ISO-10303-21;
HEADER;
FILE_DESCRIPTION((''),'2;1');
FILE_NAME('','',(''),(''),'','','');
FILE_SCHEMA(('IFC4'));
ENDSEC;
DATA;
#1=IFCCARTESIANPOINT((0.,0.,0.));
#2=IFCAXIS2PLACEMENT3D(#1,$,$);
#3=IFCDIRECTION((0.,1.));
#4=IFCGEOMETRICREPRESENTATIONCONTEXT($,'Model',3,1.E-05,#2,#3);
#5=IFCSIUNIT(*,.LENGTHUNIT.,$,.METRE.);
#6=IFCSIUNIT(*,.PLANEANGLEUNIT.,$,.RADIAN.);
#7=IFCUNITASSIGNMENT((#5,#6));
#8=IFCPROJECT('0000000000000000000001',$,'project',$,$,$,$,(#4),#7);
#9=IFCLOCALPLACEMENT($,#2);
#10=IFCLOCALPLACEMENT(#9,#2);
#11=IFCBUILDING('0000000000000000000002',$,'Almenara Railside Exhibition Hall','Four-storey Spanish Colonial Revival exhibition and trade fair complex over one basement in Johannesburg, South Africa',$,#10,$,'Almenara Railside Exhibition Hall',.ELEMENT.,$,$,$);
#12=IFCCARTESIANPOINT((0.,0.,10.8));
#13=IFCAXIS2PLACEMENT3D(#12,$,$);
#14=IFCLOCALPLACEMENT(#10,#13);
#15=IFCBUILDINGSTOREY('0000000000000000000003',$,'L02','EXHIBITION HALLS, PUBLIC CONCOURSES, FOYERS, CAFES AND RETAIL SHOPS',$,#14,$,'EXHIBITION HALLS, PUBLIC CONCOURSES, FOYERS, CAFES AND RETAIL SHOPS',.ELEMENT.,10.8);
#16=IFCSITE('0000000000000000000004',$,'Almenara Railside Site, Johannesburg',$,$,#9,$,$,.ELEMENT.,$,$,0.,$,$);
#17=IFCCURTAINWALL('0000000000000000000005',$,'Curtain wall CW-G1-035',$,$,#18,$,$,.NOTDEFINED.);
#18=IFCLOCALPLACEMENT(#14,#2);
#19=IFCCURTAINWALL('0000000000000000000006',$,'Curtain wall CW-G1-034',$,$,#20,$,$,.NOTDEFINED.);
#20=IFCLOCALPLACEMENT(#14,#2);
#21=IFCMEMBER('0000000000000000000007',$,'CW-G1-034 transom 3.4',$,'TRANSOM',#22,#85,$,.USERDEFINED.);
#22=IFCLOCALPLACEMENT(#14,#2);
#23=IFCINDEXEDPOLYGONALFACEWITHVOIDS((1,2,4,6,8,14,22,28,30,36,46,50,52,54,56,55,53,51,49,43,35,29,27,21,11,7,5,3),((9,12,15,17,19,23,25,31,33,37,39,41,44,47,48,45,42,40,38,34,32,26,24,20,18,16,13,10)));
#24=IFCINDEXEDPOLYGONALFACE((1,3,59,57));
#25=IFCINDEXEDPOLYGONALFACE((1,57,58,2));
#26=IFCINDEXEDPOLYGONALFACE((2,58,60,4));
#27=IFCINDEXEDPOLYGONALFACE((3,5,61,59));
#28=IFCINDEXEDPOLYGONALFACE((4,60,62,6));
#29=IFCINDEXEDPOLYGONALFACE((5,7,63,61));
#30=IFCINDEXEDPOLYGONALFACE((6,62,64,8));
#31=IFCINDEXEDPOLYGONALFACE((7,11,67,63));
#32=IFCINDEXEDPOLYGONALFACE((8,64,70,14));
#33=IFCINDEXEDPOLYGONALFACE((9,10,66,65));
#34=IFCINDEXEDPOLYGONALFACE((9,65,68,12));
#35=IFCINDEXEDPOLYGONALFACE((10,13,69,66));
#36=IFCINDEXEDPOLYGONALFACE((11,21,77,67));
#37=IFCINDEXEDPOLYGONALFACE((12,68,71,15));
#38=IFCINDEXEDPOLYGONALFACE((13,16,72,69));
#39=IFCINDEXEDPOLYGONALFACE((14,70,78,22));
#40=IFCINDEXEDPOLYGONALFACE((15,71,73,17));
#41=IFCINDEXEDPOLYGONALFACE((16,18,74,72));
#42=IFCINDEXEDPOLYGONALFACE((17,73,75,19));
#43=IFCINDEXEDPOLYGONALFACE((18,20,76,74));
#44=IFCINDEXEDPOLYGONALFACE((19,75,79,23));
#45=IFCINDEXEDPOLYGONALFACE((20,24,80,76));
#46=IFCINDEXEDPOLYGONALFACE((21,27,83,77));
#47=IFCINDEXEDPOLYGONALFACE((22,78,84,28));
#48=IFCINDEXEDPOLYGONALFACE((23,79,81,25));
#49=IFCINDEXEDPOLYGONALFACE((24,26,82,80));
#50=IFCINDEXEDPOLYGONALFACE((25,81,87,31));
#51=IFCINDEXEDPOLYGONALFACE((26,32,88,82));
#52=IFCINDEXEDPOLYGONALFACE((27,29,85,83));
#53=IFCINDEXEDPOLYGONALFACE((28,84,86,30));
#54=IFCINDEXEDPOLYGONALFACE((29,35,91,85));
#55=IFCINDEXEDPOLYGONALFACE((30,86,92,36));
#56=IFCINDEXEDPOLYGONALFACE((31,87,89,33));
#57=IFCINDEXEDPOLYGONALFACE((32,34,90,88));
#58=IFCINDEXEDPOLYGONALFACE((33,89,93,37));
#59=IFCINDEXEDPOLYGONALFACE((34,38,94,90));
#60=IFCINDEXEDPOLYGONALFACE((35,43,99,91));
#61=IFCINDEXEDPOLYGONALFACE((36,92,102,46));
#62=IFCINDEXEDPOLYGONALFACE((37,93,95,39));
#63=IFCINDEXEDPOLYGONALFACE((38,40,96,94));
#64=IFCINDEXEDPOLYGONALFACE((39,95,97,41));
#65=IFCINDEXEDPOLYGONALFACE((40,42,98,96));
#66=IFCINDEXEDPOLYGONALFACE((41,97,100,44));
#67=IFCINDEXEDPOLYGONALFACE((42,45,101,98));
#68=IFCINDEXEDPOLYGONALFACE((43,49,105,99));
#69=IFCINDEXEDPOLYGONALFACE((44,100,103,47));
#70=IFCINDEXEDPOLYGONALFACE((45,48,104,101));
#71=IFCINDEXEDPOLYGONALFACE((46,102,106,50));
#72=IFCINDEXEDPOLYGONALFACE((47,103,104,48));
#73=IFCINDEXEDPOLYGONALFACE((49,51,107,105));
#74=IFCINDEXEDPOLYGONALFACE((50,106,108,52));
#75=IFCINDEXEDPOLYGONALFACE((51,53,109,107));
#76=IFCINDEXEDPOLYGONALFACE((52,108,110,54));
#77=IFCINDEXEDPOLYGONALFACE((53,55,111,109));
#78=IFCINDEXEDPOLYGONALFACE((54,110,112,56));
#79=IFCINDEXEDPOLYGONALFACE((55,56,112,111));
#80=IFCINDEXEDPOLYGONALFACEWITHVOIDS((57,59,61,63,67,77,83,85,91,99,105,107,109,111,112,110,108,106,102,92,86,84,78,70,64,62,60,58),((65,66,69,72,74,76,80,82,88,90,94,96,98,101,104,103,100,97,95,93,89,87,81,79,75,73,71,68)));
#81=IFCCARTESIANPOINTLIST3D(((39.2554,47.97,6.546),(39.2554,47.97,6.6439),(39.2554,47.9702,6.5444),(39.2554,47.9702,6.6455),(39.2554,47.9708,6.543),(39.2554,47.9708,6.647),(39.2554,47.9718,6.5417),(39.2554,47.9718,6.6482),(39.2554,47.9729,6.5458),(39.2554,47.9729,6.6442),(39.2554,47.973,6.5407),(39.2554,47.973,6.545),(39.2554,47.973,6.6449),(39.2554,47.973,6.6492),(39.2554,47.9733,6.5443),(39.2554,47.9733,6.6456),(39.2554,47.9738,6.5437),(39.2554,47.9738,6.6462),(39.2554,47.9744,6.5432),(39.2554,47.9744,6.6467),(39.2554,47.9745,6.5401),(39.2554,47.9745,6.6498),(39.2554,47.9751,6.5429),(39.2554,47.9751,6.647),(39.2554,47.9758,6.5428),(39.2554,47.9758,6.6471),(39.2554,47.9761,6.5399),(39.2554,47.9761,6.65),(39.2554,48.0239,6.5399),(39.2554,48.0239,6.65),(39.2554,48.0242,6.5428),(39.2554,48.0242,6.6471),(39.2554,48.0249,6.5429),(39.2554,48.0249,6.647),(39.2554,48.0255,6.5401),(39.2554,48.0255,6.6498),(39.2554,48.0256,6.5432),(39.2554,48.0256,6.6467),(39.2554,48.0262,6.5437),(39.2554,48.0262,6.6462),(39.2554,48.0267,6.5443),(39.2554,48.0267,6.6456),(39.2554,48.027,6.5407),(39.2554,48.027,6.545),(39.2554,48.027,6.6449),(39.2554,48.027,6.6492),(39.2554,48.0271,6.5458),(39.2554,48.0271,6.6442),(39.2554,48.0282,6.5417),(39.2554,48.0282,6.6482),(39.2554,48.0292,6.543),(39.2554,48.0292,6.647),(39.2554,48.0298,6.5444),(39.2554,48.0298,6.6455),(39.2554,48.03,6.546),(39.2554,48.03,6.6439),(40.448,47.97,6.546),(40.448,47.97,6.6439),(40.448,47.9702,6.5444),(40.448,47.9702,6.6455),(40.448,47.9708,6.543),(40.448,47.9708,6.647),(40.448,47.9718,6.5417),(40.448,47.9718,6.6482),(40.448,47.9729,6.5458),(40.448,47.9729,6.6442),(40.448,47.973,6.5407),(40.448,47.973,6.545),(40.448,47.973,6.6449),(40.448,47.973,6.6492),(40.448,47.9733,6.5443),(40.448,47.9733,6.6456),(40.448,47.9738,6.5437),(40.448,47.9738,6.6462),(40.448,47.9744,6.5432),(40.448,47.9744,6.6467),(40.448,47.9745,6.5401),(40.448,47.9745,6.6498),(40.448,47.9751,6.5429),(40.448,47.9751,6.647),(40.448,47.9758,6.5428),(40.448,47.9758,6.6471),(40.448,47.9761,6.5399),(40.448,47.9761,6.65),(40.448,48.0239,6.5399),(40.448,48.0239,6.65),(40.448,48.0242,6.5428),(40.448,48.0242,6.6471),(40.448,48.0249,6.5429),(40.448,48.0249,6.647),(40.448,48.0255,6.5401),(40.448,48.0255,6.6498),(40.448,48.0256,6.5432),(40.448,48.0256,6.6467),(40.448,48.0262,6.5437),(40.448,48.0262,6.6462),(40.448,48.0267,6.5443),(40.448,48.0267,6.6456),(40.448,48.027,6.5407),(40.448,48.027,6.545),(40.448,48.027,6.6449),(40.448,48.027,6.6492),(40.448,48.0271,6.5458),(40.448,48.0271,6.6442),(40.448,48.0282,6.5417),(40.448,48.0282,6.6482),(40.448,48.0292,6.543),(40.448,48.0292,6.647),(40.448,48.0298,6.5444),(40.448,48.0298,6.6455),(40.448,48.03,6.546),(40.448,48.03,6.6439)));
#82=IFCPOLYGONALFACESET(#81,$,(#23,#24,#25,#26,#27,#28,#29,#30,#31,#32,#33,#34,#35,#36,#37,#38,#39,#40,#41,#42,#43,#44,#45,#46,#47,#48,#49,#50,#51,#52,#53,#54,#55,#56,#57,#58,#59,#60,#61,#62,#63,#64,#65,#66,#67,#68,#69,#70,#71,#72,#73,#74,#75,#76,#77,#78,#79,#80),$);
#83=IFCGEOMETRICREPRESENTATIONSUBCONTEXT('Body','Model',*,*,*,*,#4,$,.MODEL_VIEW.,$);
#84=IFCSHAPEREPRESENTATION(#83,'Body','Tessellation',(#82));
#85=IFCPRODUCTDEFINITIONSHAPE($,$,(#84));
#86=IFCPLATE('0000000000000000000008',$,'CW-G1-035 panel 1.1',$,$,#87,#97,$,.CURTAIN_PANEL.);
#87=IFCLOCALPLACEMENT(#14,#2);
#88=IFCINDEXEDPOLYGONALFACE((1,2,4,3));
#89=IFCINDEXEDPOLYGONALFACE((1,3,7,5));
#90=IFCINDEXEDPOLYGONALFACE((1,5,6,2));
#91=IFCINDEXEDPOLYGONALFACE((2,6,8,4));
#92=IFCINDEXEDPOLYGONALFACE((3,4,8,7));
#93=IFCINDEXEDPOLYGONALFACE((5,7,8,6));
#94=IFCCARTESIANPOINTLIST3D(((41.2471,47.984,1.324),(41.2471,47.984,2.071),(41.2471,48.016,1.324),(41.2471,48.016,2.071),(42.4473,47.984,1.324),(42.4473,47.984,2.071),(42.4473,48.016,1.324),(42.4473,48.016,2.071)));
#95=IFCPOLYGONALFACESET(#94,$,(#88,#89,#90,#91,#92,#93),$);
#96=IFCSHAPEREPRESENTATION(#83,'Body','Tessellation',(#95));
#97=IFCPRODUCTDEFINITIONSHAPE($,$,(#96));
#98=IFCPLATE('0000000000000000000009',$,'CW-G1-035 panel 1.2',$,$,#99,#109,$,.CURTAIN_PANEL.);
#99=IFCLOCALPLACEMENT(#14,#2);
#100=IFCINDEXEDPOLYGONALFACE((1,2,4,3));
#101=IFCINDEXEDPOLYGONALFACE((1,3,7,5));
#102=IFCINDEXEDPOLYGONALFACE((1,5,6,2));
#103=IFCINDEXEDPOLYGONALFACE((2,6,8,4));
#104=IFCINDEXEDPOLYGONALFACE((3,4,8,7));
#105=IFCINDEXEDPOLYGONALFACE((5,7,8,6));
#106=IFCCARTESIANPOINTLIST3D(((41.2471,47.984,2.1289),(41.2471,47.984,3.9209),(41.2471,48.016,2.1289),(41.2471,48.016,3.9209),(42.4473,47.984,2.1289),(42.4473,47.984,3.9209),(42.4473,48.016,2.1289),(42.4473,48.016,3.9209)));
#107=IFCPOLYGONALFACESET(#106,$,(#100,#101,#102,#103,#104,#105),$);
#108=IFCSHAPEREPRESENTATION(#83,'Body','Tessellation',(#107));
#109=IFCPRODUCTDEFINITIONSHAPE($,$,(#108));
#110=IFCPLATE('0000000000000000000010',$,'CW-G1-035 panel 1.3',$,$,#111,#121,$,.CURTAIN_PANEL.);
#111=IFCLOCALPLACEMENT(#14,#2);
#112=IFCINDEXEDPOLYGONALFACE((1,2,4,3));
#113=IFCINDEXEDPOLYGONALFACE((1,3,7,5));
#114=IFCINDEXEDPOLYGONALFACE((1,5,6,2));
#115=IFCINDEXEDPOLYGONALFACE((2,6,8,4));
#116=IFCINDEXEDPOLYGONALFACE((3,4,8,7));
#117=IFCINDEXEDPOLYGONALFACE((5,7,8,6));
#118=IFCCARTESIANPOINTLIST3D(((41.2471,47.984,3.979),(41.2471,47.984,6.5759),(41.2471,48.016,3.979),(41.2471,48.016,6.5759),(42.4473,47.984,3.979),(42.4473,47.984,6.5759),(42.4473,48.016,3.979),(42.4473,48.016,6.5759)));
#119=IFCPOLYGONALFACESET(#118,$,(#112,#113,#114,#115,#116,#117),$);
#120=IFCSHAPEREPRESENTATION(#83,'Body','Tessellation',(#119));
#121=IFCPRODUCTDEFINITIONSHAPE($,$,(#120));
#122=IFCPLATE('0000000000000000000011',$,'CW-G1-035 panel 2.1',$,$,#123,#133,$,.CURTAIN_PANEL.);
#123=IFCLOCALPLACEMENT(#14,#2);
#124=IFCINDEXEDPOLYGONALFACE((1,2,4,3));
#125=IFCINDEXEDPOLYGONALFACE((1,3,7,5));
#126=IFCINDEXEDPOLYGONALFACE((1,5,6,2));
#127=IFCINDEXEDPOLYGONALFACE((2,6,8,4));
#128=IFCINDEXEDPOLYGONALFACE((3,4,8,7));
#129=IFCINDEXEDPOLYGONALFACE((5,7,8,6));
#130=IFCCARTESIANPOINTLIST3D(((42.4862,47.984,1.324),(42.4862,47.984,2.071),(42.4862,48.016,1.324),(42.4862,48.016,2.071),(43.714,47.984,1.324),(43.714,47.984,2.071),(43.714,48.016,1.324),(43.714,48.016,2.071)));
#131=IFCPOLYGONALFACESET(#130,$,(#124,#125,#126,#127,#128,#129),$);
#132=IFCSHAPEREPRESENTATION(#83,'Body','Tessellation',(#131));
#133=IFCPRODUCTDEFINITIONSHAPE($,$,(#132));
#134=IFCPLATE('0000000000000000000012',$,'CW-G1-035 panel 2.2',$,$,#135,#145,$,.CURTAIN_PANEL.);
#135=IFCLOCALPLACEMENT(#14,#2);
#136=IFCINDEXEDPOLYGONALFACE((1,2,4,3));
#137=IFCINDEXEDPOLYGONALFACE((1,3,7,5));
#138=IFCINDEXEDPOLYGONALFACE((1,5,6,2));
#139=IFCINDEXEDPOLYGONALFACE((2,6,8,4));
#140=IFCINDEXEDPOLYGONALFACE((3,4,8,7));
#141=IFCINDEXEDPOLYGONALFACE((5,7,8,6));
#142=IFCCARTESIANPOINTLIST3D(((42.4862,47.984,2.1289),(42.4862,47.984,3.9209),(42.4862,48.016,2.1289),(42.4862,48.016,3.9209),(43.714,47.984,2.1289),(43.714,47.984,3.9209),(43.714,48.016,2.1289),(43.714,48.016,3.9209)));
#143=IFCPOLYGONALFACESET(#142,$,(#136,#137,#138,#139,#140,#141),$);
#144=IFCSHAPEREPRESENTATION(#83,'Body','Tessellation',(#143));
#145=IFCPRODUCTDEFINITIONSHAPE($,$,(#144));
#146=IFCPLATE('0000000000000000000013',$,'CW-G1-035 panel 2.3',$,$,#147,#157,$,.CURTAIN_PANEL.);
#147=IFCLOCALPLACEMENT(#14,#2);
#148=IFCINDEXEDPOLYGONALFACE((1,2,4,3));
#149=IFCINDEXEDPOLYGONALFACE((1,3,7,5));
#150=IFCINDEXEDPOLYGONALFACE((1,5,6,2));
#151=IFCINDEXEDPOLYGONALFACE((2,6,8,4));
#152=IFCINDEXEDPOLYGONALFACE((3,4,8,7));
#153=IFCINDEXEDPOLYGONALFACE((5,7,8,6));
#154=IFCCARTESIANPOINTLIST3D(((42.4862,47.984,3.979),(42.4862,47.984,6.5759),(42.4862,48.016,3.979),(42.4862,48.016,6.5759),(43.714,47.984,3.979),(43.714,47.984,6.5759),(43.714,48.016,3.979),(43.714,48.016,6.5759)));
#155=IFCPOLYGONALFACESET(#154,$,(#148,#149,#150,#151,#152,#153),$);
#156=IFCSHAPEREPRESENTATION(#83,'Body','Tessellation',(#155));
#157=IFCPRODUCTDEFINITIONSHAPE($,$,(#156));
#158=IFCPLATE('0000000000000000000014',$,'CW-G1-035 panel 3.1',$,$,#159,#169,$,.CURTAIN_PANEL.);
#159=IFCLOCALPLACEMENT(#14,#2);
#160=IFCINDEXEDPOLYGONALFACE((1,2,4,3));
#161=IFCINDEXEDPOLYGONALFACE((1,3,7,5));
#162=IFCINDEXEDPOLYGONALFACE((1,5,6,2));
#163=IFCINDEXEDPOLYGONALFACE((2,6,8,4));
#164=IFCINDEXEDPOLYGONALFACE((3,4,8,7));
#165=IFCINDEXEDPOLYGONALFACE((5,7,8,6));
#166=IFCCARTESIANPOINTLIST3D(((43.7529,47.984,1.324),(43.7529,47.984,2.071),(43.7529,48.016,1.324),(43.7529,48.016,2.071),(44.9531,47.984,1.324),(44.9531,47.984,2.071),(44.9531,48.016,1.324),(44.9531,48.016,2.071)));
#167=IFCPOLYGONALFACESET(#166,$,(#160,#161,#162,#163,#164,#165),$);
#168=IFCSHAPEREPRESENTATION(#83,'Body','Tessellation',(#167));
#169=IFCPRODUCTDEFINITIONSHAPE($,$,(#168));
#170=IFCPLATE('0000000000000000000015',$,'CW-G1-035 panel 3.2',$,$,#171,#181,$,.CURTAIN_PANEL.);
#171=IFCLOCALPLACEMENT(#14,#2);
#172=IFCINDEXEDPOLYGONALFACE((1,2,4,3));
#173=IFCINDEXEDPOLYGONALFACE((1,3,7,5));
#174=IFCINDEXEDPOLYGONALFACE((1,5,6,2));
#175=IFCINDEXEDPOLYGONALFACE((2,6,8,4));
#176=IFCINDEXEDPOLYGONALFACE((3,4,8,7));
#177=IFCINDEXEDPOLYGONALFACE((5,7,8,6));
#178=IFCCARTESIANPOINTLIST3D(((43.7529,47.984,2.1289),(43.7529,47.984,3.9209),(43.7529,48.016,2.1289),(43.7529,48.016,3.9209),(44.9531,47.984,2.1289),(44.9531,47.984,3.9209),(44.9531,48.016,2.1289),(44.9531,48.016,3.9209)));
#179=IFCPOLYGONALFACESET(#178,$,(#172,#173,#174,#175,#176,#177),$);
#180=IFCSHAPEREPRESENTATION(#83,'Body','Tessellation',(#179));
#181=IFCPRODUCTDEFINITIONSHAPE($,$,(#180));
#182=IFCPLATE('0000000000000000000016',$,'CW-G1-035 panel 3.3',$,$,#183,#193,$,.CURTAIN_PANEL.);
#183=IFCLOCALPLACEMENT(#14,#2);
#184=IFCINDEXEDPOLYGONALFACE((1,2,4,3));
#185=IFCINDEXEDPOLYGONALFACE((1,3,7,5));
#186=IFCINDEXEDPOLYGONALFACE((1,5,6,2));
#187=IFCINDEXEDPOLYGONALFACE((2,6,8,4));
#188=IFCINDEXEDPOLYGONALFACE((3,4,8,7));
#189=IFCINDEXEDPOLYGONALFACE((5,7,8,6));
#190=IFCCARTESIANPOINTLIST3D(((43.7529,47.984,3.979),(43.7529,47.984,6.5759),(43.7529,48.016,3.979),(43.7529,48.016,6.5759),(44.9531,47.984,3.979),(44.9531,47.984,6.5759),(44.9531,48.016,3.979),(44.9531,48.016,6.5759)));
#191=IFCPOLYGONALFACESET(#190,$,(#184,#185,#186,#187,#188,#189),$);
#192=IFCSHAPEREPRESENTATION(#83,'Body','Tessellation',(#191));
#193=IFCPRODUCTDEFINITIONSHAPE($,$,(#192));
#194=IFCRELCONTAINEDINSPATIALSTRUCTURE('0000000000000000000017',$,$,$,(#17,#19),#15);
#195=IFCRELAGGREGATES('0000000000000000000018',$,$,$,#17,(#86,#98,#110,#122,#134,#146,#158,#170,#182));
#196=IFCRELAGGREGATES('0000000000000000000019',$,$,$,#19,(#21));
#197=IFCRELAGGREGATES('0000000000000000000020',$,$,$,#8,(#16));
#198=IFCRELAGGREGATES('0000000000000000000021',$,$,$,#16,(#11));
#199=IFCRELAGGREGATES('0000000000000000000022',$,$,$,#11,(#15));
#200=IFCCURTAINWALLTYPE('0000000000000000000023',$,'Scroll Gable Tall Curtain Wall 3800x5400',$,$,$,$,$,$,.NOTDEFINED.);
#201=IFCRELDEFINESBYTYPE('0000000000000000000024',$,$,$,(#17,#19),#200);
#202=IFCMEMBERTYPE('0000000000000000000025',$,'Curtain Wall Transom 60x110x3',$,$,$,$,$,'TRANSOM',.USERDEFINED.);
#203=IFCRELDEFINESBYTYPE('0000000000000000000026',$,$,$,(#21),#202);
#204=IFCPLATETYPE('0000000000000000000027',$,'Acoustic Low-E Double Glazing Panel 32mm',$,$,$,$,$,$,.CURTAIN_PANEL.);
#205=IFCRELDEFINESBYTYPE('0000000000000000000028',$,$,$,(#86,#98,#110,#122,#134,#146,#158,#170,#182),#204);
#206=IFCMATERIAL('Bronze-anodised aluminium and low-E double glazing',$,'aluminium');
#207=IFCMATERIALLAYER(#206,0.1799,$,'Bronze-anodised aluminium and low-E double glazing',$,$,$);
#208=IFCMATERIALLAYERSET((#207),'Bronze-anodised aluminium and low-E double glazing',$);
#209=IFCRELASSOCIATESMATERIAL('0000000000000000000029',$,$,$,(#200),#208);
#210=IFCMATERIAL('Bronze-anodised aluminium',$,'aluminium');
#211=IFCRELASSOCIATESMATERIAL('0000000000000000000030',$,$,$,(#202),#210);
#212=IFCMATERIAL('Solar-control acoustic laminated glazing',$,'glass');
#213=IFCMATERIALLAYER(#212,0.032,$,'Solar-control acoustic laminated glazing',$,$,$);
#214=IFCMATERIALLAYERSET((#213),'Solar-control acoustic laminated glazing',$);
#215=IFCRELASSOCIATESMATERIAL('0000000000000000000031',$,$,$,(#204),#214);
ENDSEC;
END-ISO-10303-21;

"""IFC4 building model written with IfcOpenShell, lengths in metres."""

from ifc_helpers import new_model, si_unit, direction, frame, origin, origin_2d, place, context, subcontext, project, spatial, rectangle, hollow_rectangle, extrude, material, layer, layer_set, material_profile, profile_set, type_object, element, aggregate, save


model = new_model("IFC4")

# Units and contexts
model_context = context("Model", 3, precision=1e-05, world=origin(), true_north=direction((0.0, 1.0)))
body_context = subcontext(model_context, "Body", "Model", "MODEL_VIEW")
ifc_project = project(units=[si_unit("LENGTHUNIT", "METRE"), si_unit("PLANEANGLEUNIT", "RADIAN")], contexts=[model_context])

# Site, building, storey
site_placement = place(None, origin())
site = spatial("IfcSite", under=ifc_project, at=site_placement, Name="Almenara Railside Site, Johannesburg", CompositionType="ELEMENT", RefElevation=0.0)
building_placement = place(site_placement, origin())
building = spatial("IfcBuilding", under=site, at=building_placement, Name="Almenara Railside Exhibition Hall", Description="Four-storey Spanish Colonial Revival exhibition and trade fair complex over one basement in Johannesburg, South Africa", LongName="Almenara Railside Exhibition Hall", CompositionType="ELEMENT")
storey_placement = place(building_placement, frame((0.0, 0.0, 10.8)))
storey = spatial("IfcBuildingStorey", under=building, at=storey_placement, Name="L02", Description="EXHIBITION HALLS, PUBLIC CONCOURSES, FOYERS, CAFES AND RETAIL SHOPS", LongName="EXHIBITION HALLS, PUBLIC CONCOURSES, FOYERS, CAFES AND RETAIL SHOPS", CompositionType="ELEMENT", Elevation=10.8)

# Curtain walls
ifc_material_1 = material(Name="Bronze-anodised aluminium and low-E double glazing", Category="aluminium")
ifc_layer_1 = layer(ifc_material_1, 0.1799, Name="Bronze-anodised aluminium and low-E double glazing")
ifc_layer_set_1 = layer_set([ifc_layer_1], Name="Bronze-anodised aluminium and low-E double glazing")
curtain_wall_type = type_object("IfcCurtainWallType", Name="Scroll Gable Tall Curtain Wall 3800x5400", PredefinedType="NOTDEFINED", material=ifc_layer_set_1)
curtain_wall_1_placement = place(storey_placement, origin())
curtain_wall_1 = element("IfcCurtainWall", 1, at=curtain_wall_1_placement, inside=storey, type_object=curtain_wall_type, Name="Curtain wall CW-G1-035", PredefinedType="NOTDEFINED")
ifc_material_2 = material(Name="Bronze-anodised aluminium", Category="aluminium")
curtain_wall_2_placement = place(storey_placement, origin())
curtain_wall_2 = element("IfcCurtainWall", 2, at=curtain_wall_2_placement, inside=storey, type_object=curtain_wall_type, Name="Curtain wall CW-G1-034", PredefinedType="NOTDEFINED")

# Member
ifc_material_profile_1 = material_profile(ifc_material_2, hollow_rectangle(XDim=0.0601, YDim=0.1101, WallThickness=0.0029, InnerFilletRadius=0.0029, OuterFilletRadius=0.0061, at=origin_2d()), Name="ALU-TRN 60x110x3")
ifc_profile_set_1 = profile_set([ifc_material_profile_1], Name="Bronze-anodised aluminium")
member_type_1 = type_object("IfcMemberType", Name="Curtain Wall Transom 60x110x3", ElementType="TRANSOM", PredefinedType="USERDEFINED", material=ifc_profile_set_1)
member_1_placement = place(storey_placement, frame((39.2554, 48.0, 6.595), z_axis=(1.0, 0.0, 0.0), x_axis=(0.0, 1.0, 0.0)))
member_1 = element("IfcMember", 3, at=member_1_placement, type_object=member_type_1, Name="CW-G1-034 transom 3.4", ObjectType="TRANSOM", PredefinedType="USERDEFINED", context=body_context, shape_type="SweptSolid", body=[
    extrude(hollow_rectangle(XDim=0.0601, YDim=0.1101, WallThickness=0.0029, InnerFilletRadius=0.0029, OuterFilletRadius=0.0061, at=origin_2d()), origin(), (0.0, 0.0, 1.0), 1.1926),
])

# Plates
ifc_material_3 = material(Name="Solar-control acoustic laminated glazing", Category="glass")
ifc_layer_2 = layer(ifc_material_3, 0.032, Name="Solar-control acoustic laminated glazing")
ifc_layer_set_2 = layer_set([ifc_layer_2], Name="Solar-control acoustic laminated glazing")
plate_type_1 = type_object("IfcPlateType", Name="Acoustic Low-E Double Glazing Panel 32mm", PredefinedType="CURTAIN_PANEL", material=ifc_layer_set_2)
plate_1_placement = place(storey_placement, frame((41.8472, 48.0, 1.324), z_axis=(0.0, 0.0, 1.0), x_axis=(1.0, 0.0, 0.0)))
plate_1 = element("IfcPlate", 4, at=plate_1_placement, type_object=plate_type_1, Name="CW-G1-035 panel 1.1", PredefinedType="CURTAIN_PANEL", context=body_context, shape_type="SweptSolid", body=[
    extrude(rectangle(XDim=1.2002, YDim=0.032, at=origin_2d()), origin(), (0.0, 0.0, 1.0), 0.7471),
])
plate_2_placement = place(storey_placement, frame((41.8472, 48.0, 2.1289), z_axis=(0.0, 0.0, 1.0), x_axis=(1.0, 0.0, 0.0)))
plate_2 = element("IfcPlate", 5, at=plate_2_placement, type_object=plate_type_1, Name="CW-G1-035 panel 1.2", PredefinedType="CURTAIN_PANEL", context=body_context, shape_type="SweptSolid", body=[
    extrude(rectangle(XDim=1.2002, YDim=0.032, at=origin_2d()), origin(), (0.0, 0.0, 1.0), 1.792),
])
plate_3_placement = place(storey_placement, frame((41.8472, 48.0, 3.979), z_axis=(0.0, 0.0, 1.0), x_axis=(1.0, 0.0, 0.0)))
plate_3 = element("IfcPlate", 6, at=plate_3_placement, type_object=plate_type_1, Name="CW-G1-035 panel 1.3", PredefinedType="CURTAIN_PANEL", context=body_context, shape_type="SweptSolid", body=[
    extrude(rectangle(XDim=1.2002, YDim=0.032, at=origin_2d()), origin(), (0.0, 0.0, 1.0), 2.5969),
])
plate_4_placement = place(storey_placement, frame((43.1001, 48.0, 1.324), z_axis=(0.0, 0.0, 1.0), x_axis=(1.0, 0.0, 0.0)))
plate_4 = element("IfcPlate", 7, at=plate_4_placement, type_object=plate_type_1, Name="CW-G1-035 panel 2.1", PredefinedType="CURTAIN_PANEL", context=body_context, shape_type="SweptSolid", body=[
    extrude(rectangle(XDim=1.2278, YDim=0.032, at=origin_2d()), origin(), (0.0, 0.0, 1.0), 0.7471),
])
plate_5_placement = place(storey_placement, frame((43.1001, 48.0, 2.1289), z_axis=(0.0, 0.0, 1.0), x_axis=(1.0, 0.0, 0.0)))
plate_5 = element("IfcPlate", 8, at=plate_5_placement, type_object=plate_type_1, Name="CW-G1-035 panel 2.2", PredefinedType="CURTAIN_PANEL", context=body_context, shape_type="SweptSolid", body=[
    extrude(rectangle(XDim=1.2278, YDim=0.032, at=origin_2d()), origin(), (0.0, 0.0, 1.0), 1.792),
])
plate_6_placement = place(storey_placement, frame((43.1001, 48.0, 3.979), z_axis=(0.0, 0.0, 1.0), x_axis=(1.0, 0.0, 0.0)))
plate_6 = element("IfcPlate", 9, at=plate_6_placement, type_object=plate_type_1, Name="CW-G1-035 panel 2.3", PredefinedType="CURTAIN_PANEL", context=body_context, shape_type="SweptSolid", body=[
    extrude(rectangle(XDim=1.2278, YDim=0.032, at=origin_2d()), origin(), (0.0, 0.0, 1.0), 2.5969),
])
plate_7_placement = place(storey_placement, frame((44.353, 48.0, 1.324), z_axis=(0.0, 0.0, 1.0), x_axis=(1.0, 0.0, 0.0)))
plate_7 = element("IfcPlate", 10, at=plate_7_placement, type_object=plate_type_1, Name="CW-G1-035 panel 3.1", PredefinedType="CURTAIN_PANEL", context=body_context, shape_type="SweptSolid", body=[
    extrude(rectangle(XDim=1.2002, YDim=0.032, at=origin_2d()), origin(), (0.0, 0.0, 1.0), 0.7471),
])
plate_8_placement = place(storey_placement, frame((44.353, 48.0, 2.1289), z_axis=(0.0, 0.0, 1.0), x_axis=(1.0, 0.0, 0.0)))
plate_8 = element("IfcPlate", 11, at=plate_8_placement, type_object=plate_type_1, Name="CW-G1-035 panel 3.2", PredefinedType="CURTAIN_PANEL", context=body_context, shape_type="SweptSolid", body=[
    extrude(rectangle(XDim=1.2002, YDim=0.032, at=origin_2d()), origin(), (0.0, 0.0, 1.0), 1.792),
])
plate_9_placement = place(storey_placement, frame((44.353, 48.0, 3.979), z_axis=(0.0, 0.0, 1.0), x_axis=(1.0, 0.0, 0.0)))
plate_9 = element("IfcPlate", 12, at=plate_9_placement, type_object=plate_type_1, Name="CW-G1-035 panel 3.3", PredefinedType="CURTAIN_PANEL", context=body_context, shape_type="SweptSolid", body=[
    extrude(rectangle(XDim=1.2002, YDim=0.032, at=origin_2d()), origin(), (0.0, 0.0, 1.0), 2.5969),
])
aggregate(curtain_wall_1, [plate_1, plate_2, plate_3, plate_4, plate_5, plate_6, plate_7, plate_8, plate_9])
aggregate(curtain_wall_2, [member_1])

save(model, "model.ifc")
